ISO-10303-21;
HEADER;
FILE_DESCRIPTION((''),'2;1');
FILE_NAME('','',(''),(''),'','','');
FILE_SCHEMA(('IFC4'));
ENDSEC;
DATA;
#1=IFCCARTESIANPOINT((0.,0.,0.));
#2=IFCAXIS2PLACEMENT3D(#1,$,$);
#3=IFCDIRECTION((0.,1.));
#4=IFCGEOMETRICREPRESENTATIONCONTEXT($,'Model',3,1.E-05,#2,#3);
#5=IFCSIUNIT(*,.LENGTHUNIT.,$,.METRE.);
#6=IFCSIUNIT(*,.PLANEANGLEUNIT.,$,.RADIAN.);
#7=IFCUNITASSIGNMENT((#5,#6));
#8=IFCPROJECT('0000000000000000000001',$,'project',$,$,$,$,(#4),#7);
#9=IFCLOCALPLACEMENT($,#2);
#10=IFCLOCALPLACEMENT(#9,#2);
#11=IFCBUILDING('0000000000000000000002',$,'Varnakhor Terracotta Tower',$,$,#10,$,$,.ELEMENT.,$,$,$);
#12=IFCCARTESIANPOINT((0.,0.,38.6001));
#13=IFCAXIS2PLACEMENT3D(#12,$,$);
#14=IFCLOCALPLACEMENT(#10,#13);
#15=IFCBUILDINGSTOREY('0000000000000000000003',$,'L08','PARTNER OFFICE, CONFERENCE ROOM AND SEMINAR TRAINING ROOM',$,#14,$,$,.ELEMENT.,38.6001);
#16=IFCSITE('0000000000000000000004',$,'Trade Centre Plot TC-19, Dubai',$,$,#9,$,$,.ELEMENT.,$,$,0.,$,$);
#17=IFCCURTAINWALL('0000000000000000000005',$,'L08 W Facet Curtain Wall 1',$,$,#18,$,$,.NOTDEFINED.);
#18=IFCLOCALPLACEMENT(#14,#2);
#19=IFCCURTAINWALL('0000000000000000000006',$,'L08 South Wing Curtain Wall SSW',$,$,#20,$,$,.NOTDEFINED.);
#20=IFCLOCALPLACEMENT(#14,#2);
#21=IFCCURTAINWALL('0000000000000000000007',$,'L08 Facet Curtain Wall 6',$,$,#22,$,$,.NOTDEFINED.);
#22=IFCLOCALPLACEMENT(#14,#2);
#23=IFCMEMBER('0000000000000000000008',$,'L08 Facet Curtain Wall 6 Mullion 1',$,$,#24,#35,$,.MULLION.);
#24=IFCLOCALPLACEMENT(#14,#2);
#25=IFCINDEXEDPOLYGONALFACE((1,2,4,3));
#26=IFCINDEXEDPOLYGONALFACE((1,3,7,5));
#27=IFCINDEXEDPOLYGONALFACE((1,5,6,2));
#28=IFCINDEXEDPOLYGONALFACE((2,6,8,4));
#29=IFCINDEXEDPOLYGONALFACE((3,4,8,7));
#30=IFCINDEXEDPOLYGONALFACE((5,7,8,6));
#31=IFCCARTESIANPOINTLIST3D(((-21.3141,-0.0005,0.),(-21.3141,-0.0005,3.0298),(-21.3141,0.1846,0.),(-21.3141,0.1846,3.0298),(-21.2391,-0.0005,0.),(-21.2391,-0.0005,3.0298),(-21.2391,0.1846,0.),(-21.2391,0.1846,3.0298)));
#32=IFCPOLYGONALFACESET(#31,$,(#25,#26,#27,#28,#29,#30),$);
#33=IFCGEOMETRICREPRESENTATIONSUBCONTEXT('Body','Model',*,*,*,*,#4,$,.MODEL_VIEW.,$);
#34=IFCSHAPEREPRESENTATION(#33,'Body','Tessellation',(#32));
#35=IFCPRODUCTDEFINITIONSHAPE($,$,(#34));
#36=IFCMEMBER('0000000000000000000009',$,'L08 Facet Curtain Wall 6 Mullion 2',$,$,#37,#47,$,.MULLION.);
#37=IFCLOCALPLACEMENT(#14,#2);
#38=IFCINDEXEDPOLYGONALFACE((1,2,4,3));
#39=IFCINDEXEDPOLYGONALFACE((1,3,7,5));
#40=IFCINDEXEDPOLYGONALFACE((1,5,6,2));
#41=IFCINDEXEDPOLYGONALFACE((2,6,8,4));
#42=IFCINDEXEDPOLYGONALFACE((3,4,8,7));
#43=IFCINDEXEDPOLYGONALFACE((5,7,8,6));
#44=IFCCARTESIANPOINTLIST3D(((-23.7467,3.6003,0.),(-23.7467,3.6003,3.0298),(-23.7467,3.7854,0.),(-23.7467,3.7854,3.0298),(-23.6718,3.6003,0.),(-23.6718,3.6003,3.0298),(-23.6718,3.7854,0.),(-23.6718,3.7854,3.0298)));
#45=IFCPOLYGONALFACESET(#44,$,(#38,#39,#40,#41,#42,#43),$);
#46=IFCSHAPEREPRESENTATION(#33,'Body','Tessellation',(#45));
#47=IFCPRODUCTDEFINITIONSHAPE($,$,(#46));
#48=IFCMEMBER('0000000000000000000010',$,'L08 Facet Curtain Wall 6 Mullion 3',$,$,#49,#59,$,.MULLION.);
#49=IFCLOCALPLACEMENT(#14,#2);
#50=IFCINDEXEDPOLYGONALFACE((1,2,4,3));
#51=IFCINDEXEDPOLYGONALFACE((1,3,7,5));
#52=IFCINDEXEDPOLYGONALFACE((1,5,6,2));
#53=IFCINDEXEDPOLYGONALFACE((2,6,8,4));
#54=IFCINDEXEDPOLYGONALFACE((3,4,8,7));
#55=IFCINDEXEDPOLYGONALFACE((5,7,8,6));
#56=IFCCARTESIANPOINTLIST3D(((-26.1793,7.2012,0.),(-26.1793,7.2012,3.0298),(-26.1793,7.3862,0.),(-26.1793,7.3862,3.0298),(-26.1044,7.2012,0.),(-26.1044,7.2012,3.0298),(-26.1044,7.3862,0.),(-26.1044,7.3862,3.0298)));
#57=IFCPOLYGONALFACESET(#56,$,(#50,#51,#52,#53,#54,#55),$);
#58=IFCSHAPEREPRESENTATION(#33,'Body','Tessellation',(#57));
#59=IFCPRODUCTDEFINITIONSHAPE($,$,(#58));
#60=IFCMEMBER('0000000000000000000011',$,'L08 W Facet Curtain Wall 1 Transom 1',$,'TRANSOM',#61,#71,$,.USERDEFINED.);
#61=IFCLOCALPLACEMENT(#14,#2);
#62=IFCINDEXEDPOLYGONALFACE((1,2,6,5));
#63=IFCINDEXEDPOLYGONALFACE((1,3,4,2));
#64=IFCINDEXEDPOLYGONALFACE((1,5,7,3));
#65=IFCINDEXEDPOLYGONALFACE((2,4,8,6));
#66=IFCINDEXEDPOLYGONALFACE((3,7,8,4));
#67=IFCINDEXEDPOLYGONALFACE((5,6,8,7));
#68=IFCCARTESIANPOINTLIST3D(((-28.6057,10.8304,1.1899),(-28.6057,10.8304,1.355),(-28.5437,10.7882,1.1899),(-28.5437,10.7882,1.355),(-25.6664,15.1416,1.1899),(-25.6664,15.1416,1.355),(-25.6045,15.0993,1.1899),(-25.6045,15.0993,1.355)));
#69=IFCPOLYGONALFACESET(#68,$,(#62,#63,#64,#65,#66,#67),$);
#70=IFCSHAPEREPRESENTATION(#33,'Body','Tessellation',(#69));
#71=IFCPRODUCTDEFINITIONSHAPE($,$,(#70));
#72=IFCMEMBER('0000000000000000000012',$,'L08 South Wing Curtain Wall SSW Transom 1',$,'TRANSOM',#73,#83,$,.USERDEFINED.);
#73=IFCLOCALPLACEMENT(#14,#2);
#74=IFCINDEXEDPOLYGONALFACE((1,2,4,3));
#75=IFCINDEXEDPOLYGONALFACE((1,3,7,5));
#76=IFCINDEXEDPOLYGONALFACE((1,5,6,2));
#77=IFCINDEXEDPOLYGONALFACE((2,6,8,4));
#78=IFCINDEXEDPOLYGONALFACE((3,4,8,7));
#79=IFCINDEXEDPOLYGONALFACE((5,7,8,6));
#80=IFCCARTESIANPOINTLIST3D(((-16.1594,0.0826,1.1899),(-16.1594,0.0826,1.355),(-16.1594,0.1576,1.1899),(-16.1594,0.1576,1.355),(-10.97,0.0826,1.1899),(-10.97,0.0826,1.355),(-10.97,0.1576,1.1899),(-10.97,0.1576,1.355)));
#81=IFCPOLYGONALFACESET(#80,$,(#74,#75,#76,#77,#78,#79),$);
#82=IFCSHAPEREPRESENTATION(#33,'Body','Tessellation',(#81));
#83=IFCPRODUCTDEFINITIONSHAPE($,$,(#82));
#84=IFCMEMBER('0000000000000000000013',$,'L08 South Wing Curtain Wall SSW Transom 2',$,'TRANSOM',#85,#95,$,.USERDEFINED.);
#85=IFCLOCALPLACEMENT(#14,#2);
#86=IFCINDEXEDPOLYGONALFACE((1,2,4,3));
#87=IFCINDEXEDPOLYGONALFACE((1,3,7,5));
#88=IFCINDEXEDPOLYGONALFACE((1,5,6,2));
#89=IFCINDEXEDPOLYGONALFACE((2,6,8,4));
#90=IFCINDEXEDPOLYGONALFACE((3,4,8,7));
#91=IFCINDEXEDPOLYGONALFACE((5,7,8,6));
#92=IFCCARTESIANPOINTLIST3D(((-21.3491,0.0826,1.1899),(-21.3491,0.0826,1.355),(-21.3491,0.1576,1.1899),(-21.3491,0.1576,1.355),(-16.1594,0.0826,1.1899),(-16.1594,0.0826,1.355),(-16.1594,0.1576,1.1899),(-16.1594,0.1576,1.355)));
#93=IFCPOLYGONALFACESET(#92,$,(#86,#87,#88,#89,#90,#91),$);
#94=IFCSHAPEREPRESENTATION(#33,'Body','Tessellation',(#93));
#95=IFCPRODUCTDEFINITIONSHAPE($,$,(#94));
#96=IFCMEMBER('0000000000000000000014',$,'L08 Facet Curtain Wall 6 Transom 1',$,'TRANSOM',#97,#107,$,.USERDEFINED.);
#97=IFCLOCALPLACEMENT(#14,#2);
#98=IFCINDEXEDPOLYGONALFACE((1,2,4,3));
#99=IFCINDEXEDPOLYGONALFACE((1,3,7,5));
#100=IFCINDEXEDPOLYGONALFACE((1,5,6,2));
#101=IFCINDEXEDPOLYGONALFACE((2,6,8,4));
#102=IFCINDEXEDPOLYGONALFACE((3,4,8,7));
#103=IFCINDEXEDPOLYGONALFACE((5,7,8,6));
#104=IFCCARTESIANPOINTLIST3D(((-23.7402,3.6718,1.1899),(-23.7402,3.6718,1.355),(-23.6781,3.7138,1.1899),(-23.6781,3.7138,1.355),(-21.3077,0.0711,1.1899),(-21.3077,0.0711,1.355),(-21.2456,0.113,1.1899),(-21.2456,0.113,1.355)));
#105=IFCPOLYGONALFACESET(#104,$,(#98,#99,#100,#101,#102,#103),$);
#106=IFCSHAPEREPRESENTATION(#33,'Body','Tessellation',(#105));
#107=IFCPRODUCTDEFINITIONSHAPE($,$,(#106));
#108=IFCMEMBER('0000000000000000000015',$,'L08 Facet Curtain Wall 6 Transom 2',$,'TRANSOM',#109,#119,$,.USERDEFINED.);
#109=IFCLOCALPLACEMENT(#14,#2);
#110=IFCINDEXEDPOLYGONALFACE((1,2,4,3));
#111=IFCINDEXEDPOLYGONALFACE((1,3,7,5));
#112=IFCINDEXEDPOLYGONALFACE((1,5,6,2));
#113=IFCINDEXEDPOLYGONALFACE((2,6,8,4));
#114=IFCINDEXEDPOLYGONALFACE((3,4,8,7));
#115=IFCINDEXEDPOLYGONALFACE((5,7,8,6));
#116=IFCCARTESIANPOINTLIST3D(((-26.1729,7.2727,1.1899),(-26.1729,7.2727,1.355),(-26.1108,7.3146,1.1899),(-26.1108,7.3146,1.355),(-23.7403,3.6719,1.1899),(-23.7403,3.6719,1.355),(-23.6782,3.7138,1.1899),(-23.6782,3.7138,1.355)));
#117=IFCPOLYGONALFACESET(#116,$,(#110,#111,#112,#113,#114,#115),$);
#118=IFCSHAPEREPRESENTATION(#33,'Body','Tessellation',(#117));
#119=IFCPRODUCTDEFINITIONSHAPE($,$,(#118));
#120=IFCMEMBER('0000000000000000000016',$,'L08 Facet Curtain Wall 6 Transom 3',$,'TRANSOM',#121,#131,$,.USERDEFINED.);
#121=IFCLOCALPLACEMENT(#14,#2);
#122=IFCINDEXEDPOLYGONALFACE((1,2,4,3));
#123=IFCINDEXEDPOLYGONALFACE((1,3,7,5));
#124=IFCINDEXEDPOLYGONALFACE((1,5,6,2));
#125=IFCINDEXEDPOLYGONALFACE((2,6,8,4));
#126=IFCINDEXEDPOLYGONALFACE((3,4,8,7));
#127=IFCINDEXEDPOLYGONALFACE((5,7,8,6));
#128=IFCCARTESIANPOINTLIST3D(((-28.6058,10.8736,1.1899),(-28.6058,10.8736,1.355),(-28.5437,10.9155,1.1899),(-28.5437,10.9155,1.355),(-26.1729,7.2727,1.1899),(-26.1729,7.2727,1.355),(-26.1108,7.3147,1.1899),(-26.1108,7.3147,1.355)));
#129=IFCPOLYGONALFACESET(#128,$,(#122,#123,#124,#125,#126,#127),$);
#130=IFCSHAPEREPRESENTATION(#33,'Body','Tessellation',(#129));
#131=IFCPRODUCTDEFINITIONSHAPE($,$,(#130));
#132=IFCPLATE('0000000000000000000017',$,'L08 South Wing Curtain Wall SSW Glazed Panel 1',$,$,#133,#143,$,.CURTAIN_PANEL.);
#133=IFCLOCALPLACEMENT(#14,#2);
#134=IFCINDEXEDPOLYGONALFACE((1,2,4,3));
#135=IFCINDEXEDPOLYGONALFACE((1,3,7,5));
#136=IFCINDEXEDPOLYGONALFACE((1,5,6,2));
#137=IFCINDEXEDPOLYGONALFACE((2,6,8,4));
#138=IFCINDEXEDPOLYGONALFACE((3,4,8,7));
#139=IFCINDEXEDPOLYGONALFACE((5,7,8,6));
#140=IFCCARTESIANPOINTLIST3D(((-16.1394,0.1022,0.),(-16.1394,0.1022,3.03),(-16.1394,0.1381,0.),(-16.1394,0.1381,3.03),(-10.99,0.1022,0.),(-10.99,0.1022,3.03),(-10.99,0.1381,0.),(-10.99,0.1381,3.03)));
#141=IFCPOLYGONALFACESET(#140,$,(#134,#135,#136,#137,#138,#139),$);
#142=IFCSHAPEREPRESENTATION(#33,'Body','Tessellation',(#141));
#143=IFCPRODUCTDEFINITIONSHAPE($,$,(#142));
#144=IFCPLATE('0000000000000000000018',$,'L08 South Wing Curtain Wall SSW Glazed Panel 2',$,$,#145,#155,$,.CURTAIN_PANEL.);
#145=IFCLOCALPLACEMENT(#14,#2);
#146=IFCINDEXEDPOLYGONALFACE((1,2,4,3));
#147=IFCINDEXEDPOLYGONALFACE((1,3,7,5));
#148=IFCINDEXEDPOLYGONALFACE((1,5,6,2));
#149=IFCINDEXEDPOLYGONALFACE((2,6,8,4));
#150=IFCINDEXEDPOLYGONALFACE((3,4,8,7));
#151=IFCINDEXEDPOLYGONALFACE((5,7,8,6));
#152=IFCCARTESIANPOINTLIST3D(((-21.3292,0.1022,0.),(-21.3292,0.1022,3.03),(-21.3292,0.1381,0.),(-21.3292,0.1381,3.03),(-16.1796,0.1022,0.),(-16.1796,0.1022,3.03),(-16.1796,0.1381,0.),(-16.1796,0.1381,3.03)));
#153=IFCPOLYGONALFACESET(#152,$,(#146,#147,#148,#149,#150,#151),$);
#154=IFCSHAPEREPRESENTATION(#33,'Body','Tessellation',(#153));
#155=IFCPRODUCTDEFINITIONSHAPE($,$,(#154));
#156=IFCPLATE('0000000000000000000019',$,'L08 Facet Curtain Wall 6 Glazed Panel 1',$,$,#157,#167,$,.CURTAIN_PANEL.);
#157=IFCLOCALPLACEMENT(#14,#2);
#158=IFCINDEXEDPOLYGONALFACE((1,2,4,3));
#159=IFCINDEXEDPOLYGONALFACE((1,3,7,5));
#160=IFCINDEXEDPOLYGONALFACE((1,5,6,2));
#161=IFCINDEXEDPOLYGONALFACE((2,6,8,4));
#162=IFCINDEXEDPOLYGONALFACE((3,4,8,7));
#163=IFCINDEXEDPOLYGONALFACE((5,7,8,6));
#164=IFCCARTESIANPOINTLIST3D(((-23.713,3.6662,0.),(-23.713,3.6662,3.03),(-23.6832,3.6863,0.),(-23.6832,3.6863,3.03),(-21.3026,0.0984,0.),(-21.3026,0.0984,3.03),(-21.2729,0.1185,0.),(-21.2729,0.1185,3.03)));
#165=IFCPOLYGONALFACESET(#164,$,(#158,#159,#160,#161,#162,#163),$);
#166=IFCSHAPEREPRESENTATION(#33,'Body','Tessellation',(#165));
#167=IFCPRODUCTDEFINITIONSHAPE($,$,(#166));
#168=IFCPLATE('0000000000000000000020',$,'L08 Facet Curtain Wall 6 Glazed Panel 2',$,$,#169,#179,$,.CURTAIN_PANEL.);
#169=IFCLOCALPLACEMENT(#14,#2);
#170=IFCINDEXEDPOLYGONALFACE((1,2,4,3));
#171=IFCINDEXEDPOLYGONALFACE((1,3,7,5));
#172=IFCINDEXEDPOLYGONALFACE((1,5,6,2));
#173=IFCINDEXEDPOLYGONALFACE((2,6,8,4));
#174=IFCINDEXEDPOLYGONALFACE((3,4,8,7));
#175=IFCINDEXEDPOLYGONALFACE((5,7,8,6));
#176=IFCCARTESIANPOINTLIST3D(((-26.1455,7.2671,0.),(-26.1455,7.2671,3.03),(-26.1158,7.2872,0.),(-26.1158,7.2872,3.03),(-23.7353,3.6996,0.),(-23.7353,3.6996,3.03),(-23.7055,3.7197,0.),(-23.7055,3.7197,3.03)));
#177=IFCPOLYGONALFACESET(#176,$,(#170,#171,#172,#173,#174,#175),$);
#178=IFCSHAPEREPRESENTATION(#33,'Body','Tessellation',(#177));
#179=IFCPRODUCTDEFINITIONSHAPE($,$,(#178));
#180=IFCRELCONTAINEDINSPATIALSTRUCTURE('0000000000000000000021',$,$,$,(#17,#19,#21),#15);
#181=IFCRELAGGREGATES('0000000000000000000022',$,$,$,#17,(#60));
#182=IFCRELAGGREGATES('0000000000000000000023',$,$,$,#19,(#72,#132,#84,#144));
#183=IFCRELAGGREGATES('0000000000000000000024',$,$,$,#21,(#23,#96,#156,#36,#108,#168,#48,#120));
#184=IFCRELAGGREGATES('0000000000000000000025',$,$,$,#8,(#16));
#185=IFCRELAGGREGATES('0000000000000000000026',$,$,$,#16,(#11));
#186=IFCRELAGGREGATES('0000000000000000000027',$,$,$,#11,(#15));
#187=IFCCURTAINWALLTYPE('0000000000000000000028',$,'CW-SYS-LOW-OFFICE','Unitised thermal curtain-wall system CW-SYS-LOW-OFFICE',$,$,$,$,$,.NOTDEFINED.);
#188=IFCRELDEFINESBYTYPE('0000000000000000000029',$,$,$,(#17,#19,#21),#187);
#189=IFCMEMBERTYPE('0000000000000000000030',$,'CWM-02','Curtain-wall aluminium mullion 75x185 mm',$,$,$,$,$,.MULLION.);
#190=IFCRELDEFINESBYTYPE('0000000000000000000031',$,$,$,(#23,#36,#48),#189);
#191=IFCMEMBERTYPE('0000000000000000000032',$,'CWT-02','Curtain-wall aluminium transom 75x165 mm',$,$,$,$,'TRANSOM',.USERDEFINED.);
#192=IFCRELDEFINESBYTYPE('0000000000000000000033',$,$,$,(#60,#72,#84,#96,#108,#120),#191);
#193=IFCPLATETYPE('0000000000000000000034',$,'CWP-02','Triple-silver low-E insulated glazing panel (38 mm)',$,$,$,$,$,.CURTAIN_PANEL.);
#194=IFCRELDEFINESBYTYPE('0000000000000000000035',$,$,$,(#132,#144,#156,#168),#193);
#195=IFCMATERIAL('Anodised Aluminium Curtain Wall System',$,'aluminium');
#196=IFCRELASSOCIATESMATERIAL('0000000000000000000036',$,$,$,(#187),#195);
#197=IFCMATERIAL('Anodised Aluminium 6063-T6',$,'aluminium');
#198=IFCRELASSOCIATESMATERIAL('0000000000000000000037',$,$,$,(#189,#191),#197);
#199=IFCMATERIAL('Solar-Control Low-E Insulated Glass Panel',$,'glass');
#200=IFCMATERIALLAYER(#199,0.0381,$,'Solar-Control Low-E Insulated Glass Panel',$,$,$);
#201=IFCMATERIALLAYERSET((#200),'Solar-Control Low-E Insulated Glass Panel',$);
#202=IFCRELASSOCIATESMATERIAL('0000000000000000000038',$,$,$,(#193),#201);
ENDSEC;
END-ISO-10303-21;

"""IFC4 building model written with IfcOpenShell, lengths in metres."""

from ifc_helpers import new_model, si_unit, direction, frame, origin, origin_2d, place, context, subcontext, project, spatial, rectangle, extrude, source, transform, mapped, material, layer, layer_set, material_profile, profile_set, type_object, element, aggregate, save


model = new_model("IFC4")

# Units and contexts
model_context = context("Model", 3, precision=1e-05, world=origin(), true_north=direction((0.0, 1.0)))
body_context = subcontext(model_context, "Body", "Model", "MODEL_VIEW")
ifc_project = project(units=[si_unit("LENGTHUNIT", "METRE"), si_unit("PLANEANGLEUNIT", "RADIAN")], contexts=[model_context])

# Site, building, storey
site_placement = place(None, origin())
site = spatial("IfcSite", under=ifc_project, at=site_placement, Name="Trade Centre Plot TC-19, Dubai", CompositionType="ELEMENT", RefElevation=0.0)
building_placement = place(site_placement, origin())
building = spatial("IfcBuilding", under=site, at=building_placement, Name="Varnakhor Terracotta Tower", CompositionType="ELEMENT")
storey_placement = place(building_placement, frame((0.0, 0.0, 38.6001)))
storey = spatial("IfcBuildingStorey", under=building, at=storey_placement, Name="L08", Description="PARTNER OFFICE, CONFERENCE ROOM AND SEMINAR TRAINING ROOM", CompositionType="ELEMENT", Elevation=38.6001)

# Curtain wall
ifc_material_1 = material(Name="Anodised Aluminium Curtain Wall System", Category="aluminium")
curtain_wall_type = type_object("IfcCurtainWallType", Name="CW-SYS-LOW-OFFICE", Description="Unitised thermal curtain-wall system CW-SYS-LOW-OFFICE", PredefinedType="NOTDEFINED", material=ifc_material_1)
curtain_wall_1_placement = place(storey_placement, origin())
curtain_wall_1 = element("IfcCurtainWall", 1, at=curtain_wall_1_placement, inside=storey, type_object=curtain_wall_type, Name="L08 W Facet Curtain Wall 1", PredefinedType="NOTDEFINED")
ifc_material_2 = material(Name="Anodised Aluminium 6063-T6", Category="aluminium")
ifc_material_profile_1 = material_profile(ifc_material_2, rectangle(XDim=0.075, YDim=0.1851, at=origin_2d()), Name="ALU MULLION 75x185")
ifc_profile_set_1 = profile_set([ifc_material_profile_1], Name="Anodised Aluminium 6063-T6")
member_type_1 = type_object("IfcMemberType", Name="CWM-02", Description="Curtain-wall aluminium mullion 75x185 mm", PredefinedType="MULLION", material=ifc_profile_set_1)
shared_shape_1 = source(origin(), body_context, "Body", "SweptSolid", [
    extrude(rectangle(XDim=0.075, YDim=0.1851, at=origin_2d()), origin(), (0.0, 0.0, 1.0), 3.0298),
])

# Curtain walls, members
curtain_wall_2_placement = place(storey_placement, origin())
curtain_wall_2 = element("IfcCurtainWall", 2, at=curtain_wall_2_placement, inside=storey, type_object=curtain_wall_type, Name="L08 South Wing Curtain Wall SSW", PredefinedType="NOTDEFINED")
curtain_wall_3_placement = place(storey_placement, origin())
curtain_wall_3 = element("IfcCurtainWall", 3, at=curtain_wall_3_placement, inside=storey, type_object=curtain_wall_type, Name="L08 Facet Curtain Wall 6", PredefinedType="NOTDEFINED")
member_1_placement = place(storey_placement, frame((-21.2766, 0.092, 0.0), z_axis=(0.0, 0.0, 1.0), x_axis=(1.0, 0.0, 0.0)))
member_1 = element("IfcMember", 4, at=member_1_placement, type_object=member_type_1, Name="L08 Facet Curtain Wall 6 Mullion 1", PredefinedType="MULLION", context=body_context, shape_type="MappedRepresentation", body=[
    mapped(shared_shape_1, transform((0.0, 0.0, 0.0), scale=1.0)),
])
member_2_placement = place(storey_placement, frame((-23.7092, 3.6929, 0.0), z_axis=(0.0, 0.0, 1.0), x_axis=(1.0, 0.0, 0.0)))
member_2 = element("IfcMember", 5, at=member_2_placement, type_object=member_type_1, Name="L08 Facet Curtain Wall 6 Mullion 2", PredefinedType="MULLION", context=body_context, shape_type="MappedRepresentation", body=[
    mapped(shared_shape_1, transform((0.0, 0.0, 0.0), scale=1.0)),
])
member_3_placement = place(storey_placement, frame((-26.1418, 7.2937, 0.0), z_axis=(0.0, 0.0, 1.0), x_axis=(1.0, 0.0, 0.0)))
member_3 = element("IfcMember", 6, at=member_3_placement, type_object=member_type_1, Name="L08 Facet Curtain Wall 6 Mullion 3", PredefinedType="MULLION", context=body_context, shape_type="MappedRepresentation", body=[
    mapped(shared_shape_1, transform((0.0, 0.0, 0.0), scale=1.0)),
])

# Members
ifc_material_profile_2 = material_profile(ifc_material_2, rectangle(XDim=0.075, YDim=0.165, at=origin_2d()), Name="ALU TRANSOM 75x165")
ifc_profile_set_2 = profile_set([ifc_material_profile_2], Name="Anodised Aluminium 6063-T6")
member_type_2 = type_object("IfcMemberType", Name="CWT-02", Description="Curtain-wall aluminium transom 75x165 mm", ElementType="TRANSOM", PredefinedType="USERDEFINED", material=ifc_profile_set_2)
shared_shape_2 = source(origin(), body_context, "Body", "SweptSolid", [
    extrude(rectangle(XDim=0.075, YDim=0.165, at=origin_2d()), origin(), (0.0, 0.0, 1.0), 5.2178),
])
member_4_placement = place(storey_placement, frame((-28.5747, 10.8093, 1.2725), z_axis=(0.563319, 0.826239, 0.0), x_axis=(-0.826239, 0.563319, 0.0)))
member_4 = element("IfcMember", 7, at=member_4_placement, type_object=member_type_2, Name="L08 W Facet Curtain Wall 1 Transom 1", ObjectType="TRANSOM", PredefinedType="USERDEFINED", context=body_context, shape_type="MappedRepresentation", body=[
    mapped(shared_shape_2, transform((0.0, 0.0, 0.0), scale=1.0)),
])
aggregate(curtain_wall_1, [member_4])
shared_shape_3 = source(origin(), body_context, "Body", "SweptSolid", [
    extrude(rectangle(XDim=0.075, YDim=0.165, at=origin_2d()), origin(), (0.0, 0.0, 1.0), 5.1895),
])
member_5_placement = place(storey_placement, frame((-10.97, 0.1201, 1.2725), z_axis=(-1.0, 0.0, 0.0), x_axis=(0.0, -1.0, 0.0)))
member_5 = element("IfcMember", 8, at=member_5_placement, type_object=member_type_2, Name="L08 South Wing Curtain Wall SSW Transom 1", ObjectType="TRANSOM", PredefinedType="USERDEFINED", context=body_context, shape_type="MappedRepresentation", body=[
    mapped(shared_shape_3, transform((0.0, 0.0, 0.0), scale=1.0)),
])
shared_shape_4 = source(origin(), body_context, "Body", "SweptSolid", [
    extrude(rectangle(XDim=0.075, YDim=0.165, at=origin_2d()), origin(), (0.0, 0.0, 1.0), 5.1897),
])
member_6_placement = place(storey_placement, frame((-16.1594, 0.1201, 1.2725), z_axis=(-1.0, 0.0, 0.0), x_axis=(0.0, -1.0, 0.0)))
member_6 = element("IfcMember", 9, at=member_6_placement, type_object=member_type_2, Name="L08 South Wing Curtain Wall SSW Transom 2", ObjectType="TRANSOM", PredefinedType="USERDEFINED", context=body_context, shape_type="MappedRepresentation", body=[
    mapped(shared_shape_4, transform((0.0, 0.0, 0.0), scale=1.0)),
])
shared_shape_5 = source(origin(), body_context, "Body", "SweptSolid", [
    extrude(rectangle(XDim=0.075, YDim=0.165, at=origin_2d()), origin(), (0.0, 0.0, 1.0), 4.3455),
])
member_7_placement = place(storey_placement, frame((-21.2766, 0.092, 1.2725), z_axis=(-0.559798, 0.828629, 0.0), x_axis=(-0.828629, -0.559798, 0.0)))
member_7 = element("IfcMember", 10, at=member_7_placement, type_object=member_type_2, Name="L08 Facet Curtain Wall 6 Transom 1", ObjectType="TRANSOM", PredefinedType="USERDEFINED", context=body_context, shape_type="MappedRepresentation", body=[
    mapped(shared_shape_5, transform((0.0, 0.0, 0.0), scale=1.0)),
])
member_8_placement = place(storey_placement, frame((-23.7092, 3.6929, 1.2725), z_axis=(-0.559798, 0.828629, 0.0), x_axis=(-0.828629, -0.559798, 0.0)))
member_8 = element("IfcMember", 11, at=member_8_placement, type_object=member_type_2, Name="L08 Facet Curtain Wall 6 Transom 2", ObjectType="TRANSOM", PredefinedType="USERDEFINED", context=body_context, shape_type="MappedRepresentation", body=[
    mapped(shared_shape_5, transform((0.0, 0.0, 0.0), scale=1.0)),
])
shared_shape_6 = source(origin(), body_context, "Body", "SweptSolid", [
    extrude(rectangle(XDim=0.075, YDim=0.165, at=origin_2d()), origin(), (0.0, 0.0, 1.0), 4.3457),
])
member_9_placement = place(storey_placement, frame((-26.1418, 7.2937, 1.2725), z_axis=(-0.559837, 0.828603, 0.0), x_axis=(-0.828603, -0.559837, 0.0)))
member_9 = element("IfcMember", 12, at=member_9_placement, type_object=member_type_2, Name="L08 Facet Curtain Wall 6 Transom 3", ObjectType="TRANSOM", PredefinedType="USERDEFINED", context=body_context, shape_type="MappedRepresentation", body=[
    mapped(shared_shape_6, transform((0.0, 0.0, 0.0), scale=1.0)),
])

# Plates
ifc_material_3 = material(Name="Solar-Control Low-E Insulated Glass Panel", Category="glass")
ifc_layer_1 = layer(ifc_material_3, 0.0381, Name="Solar-Control Low-E Insulated Glass Panel")
ifc_layer_set_1 = layer_set([ifc_layer_1], Name="Solar-Control Low-E Insulated Glass Panel")
plate_type = type_object("IfcPlateType", Name="CWP-02", Description="Triple-silver low-E insulated glazing panel (38 mm)", PredefinedType="CURTAIN_PANEL", material=ifc_layer_set_1)
shared_shape_7 = source(origin(), body_context, "Body", "SweptSolid", [
    extrude(rectangle(XDim=5.1494, YDim=0.0359, at=origin_2d()), origin(), (0.0, 0.0, 1.0), 3.03),
])
plate_1_placement = place(storey_placement, frame((-13.5647, 0.1201, 0.0), z_axis=(0.0, 0.0, 1.0), x_axis=(-1.0, 0.0, 0.0)))
plate_1 = element("IfcPlate", 13, at=plate_1_placement, type_object=plate_type, Name="L08 South Wing Curtain Wall SSW Glazed Panel 1", PredefinedType="CURTAIN_PANEL", context=body_context, shape_type="MappedRepresentation", body=[
    mapped(shared_shape_7, transform((0.0, 0.0, 0.0), scale=1.0)),
])
shared_shape_8 = source(origin(), body_context, "Body", "SweptSolid", [
    extrude(rectangle(XDim=5.1497, YDim=0.0359, at=origin_2d()), origin(), (0.0, 0.0, 1.0), 3.03),
])
plate_2_placement = place(storey_placement, frame((-18.7544, 0.1201, 0.0), z_axis=(0.0, 0.0, 1.0), x_axis=(-1.0, 0.0, 0.0)))
plate_2 = element("IfcPlate", 14, at=plate_2_placement, type_object=plate_type, Name="L08 South Wing Curtain Wall SSW Glazed Panel 2", PredefinedType="CURTAIN_PANEL", context=body_context, shape_type="MappedRepresentation", body=[
    mapped(shared_shape_8, transform((0.0, 0.0, 0.0), scale=1.0)),
])
aggregate(curtain_wall_2, [member_5, plate_1, member_6, plate_2])
shared_shape_9 = source(origin(), body_context, "Body", "SweptSolid", [
    extrude(rectangle(XDim=4.3057, YDim=0.0359, at=origin_2d()), origin(), (0.0, 0.0, 1.0), 3.03),
])
plate_3_placement = place(storey_placement, frame((-22.4929, 1.8923, 0.0), z_axis=(0.0, 0.0, 1.0), x_axis=(-0.559815, 0.828618, 0.0)))
plate_3 = element("IfcPlate", 15, at=plate_3_placement, type_object=plate_type, Name="L08 Facet Curtain Wall 6 Glazed Panel 1", PredefinedType="CURTAIN_PANEL", context=body_context, shape_type="MappedRepresentation", body=[
    mapped(shared_shape_9, transform((0.0, 0.0, 0.0), scale=1.0)),
])
shared_shape_10 = source(origin(), body_context, "Body", "SweptSolid", [
    extrude(rectangle(XDim=4.3054, YDim=0.0359, at=origin_2d()), origin(), (0.0, 0.0, 1.0), 3.03),
])
plate_4_placement = place(storey_placement, frame((-24.9255, 5.4934, 0.0), z_axis=(0.0, 0.0, 1.0), x_axis=(-0.559815, 0.828618, 0.0)))
plate_4 = element("IfcPlate", 16, at=plate_4_placement, type_object=plate_type, Name="L08 Facet Curtain Wall 6 Glazed Panel 2", PredefinedType="CURTAIN_PANEL", context=body_context, shape_type="MappedRepresentation", body=[
    mapped(shared_shape_10, transform((0.0, 0.0, 0.0), scale=1.0)),
])
aggregate(curtain_wall_3, [member_1, member_7, plate_3, member_2, member_8, plate_4, member_3, member_9])

save(model, "model.ifc")
